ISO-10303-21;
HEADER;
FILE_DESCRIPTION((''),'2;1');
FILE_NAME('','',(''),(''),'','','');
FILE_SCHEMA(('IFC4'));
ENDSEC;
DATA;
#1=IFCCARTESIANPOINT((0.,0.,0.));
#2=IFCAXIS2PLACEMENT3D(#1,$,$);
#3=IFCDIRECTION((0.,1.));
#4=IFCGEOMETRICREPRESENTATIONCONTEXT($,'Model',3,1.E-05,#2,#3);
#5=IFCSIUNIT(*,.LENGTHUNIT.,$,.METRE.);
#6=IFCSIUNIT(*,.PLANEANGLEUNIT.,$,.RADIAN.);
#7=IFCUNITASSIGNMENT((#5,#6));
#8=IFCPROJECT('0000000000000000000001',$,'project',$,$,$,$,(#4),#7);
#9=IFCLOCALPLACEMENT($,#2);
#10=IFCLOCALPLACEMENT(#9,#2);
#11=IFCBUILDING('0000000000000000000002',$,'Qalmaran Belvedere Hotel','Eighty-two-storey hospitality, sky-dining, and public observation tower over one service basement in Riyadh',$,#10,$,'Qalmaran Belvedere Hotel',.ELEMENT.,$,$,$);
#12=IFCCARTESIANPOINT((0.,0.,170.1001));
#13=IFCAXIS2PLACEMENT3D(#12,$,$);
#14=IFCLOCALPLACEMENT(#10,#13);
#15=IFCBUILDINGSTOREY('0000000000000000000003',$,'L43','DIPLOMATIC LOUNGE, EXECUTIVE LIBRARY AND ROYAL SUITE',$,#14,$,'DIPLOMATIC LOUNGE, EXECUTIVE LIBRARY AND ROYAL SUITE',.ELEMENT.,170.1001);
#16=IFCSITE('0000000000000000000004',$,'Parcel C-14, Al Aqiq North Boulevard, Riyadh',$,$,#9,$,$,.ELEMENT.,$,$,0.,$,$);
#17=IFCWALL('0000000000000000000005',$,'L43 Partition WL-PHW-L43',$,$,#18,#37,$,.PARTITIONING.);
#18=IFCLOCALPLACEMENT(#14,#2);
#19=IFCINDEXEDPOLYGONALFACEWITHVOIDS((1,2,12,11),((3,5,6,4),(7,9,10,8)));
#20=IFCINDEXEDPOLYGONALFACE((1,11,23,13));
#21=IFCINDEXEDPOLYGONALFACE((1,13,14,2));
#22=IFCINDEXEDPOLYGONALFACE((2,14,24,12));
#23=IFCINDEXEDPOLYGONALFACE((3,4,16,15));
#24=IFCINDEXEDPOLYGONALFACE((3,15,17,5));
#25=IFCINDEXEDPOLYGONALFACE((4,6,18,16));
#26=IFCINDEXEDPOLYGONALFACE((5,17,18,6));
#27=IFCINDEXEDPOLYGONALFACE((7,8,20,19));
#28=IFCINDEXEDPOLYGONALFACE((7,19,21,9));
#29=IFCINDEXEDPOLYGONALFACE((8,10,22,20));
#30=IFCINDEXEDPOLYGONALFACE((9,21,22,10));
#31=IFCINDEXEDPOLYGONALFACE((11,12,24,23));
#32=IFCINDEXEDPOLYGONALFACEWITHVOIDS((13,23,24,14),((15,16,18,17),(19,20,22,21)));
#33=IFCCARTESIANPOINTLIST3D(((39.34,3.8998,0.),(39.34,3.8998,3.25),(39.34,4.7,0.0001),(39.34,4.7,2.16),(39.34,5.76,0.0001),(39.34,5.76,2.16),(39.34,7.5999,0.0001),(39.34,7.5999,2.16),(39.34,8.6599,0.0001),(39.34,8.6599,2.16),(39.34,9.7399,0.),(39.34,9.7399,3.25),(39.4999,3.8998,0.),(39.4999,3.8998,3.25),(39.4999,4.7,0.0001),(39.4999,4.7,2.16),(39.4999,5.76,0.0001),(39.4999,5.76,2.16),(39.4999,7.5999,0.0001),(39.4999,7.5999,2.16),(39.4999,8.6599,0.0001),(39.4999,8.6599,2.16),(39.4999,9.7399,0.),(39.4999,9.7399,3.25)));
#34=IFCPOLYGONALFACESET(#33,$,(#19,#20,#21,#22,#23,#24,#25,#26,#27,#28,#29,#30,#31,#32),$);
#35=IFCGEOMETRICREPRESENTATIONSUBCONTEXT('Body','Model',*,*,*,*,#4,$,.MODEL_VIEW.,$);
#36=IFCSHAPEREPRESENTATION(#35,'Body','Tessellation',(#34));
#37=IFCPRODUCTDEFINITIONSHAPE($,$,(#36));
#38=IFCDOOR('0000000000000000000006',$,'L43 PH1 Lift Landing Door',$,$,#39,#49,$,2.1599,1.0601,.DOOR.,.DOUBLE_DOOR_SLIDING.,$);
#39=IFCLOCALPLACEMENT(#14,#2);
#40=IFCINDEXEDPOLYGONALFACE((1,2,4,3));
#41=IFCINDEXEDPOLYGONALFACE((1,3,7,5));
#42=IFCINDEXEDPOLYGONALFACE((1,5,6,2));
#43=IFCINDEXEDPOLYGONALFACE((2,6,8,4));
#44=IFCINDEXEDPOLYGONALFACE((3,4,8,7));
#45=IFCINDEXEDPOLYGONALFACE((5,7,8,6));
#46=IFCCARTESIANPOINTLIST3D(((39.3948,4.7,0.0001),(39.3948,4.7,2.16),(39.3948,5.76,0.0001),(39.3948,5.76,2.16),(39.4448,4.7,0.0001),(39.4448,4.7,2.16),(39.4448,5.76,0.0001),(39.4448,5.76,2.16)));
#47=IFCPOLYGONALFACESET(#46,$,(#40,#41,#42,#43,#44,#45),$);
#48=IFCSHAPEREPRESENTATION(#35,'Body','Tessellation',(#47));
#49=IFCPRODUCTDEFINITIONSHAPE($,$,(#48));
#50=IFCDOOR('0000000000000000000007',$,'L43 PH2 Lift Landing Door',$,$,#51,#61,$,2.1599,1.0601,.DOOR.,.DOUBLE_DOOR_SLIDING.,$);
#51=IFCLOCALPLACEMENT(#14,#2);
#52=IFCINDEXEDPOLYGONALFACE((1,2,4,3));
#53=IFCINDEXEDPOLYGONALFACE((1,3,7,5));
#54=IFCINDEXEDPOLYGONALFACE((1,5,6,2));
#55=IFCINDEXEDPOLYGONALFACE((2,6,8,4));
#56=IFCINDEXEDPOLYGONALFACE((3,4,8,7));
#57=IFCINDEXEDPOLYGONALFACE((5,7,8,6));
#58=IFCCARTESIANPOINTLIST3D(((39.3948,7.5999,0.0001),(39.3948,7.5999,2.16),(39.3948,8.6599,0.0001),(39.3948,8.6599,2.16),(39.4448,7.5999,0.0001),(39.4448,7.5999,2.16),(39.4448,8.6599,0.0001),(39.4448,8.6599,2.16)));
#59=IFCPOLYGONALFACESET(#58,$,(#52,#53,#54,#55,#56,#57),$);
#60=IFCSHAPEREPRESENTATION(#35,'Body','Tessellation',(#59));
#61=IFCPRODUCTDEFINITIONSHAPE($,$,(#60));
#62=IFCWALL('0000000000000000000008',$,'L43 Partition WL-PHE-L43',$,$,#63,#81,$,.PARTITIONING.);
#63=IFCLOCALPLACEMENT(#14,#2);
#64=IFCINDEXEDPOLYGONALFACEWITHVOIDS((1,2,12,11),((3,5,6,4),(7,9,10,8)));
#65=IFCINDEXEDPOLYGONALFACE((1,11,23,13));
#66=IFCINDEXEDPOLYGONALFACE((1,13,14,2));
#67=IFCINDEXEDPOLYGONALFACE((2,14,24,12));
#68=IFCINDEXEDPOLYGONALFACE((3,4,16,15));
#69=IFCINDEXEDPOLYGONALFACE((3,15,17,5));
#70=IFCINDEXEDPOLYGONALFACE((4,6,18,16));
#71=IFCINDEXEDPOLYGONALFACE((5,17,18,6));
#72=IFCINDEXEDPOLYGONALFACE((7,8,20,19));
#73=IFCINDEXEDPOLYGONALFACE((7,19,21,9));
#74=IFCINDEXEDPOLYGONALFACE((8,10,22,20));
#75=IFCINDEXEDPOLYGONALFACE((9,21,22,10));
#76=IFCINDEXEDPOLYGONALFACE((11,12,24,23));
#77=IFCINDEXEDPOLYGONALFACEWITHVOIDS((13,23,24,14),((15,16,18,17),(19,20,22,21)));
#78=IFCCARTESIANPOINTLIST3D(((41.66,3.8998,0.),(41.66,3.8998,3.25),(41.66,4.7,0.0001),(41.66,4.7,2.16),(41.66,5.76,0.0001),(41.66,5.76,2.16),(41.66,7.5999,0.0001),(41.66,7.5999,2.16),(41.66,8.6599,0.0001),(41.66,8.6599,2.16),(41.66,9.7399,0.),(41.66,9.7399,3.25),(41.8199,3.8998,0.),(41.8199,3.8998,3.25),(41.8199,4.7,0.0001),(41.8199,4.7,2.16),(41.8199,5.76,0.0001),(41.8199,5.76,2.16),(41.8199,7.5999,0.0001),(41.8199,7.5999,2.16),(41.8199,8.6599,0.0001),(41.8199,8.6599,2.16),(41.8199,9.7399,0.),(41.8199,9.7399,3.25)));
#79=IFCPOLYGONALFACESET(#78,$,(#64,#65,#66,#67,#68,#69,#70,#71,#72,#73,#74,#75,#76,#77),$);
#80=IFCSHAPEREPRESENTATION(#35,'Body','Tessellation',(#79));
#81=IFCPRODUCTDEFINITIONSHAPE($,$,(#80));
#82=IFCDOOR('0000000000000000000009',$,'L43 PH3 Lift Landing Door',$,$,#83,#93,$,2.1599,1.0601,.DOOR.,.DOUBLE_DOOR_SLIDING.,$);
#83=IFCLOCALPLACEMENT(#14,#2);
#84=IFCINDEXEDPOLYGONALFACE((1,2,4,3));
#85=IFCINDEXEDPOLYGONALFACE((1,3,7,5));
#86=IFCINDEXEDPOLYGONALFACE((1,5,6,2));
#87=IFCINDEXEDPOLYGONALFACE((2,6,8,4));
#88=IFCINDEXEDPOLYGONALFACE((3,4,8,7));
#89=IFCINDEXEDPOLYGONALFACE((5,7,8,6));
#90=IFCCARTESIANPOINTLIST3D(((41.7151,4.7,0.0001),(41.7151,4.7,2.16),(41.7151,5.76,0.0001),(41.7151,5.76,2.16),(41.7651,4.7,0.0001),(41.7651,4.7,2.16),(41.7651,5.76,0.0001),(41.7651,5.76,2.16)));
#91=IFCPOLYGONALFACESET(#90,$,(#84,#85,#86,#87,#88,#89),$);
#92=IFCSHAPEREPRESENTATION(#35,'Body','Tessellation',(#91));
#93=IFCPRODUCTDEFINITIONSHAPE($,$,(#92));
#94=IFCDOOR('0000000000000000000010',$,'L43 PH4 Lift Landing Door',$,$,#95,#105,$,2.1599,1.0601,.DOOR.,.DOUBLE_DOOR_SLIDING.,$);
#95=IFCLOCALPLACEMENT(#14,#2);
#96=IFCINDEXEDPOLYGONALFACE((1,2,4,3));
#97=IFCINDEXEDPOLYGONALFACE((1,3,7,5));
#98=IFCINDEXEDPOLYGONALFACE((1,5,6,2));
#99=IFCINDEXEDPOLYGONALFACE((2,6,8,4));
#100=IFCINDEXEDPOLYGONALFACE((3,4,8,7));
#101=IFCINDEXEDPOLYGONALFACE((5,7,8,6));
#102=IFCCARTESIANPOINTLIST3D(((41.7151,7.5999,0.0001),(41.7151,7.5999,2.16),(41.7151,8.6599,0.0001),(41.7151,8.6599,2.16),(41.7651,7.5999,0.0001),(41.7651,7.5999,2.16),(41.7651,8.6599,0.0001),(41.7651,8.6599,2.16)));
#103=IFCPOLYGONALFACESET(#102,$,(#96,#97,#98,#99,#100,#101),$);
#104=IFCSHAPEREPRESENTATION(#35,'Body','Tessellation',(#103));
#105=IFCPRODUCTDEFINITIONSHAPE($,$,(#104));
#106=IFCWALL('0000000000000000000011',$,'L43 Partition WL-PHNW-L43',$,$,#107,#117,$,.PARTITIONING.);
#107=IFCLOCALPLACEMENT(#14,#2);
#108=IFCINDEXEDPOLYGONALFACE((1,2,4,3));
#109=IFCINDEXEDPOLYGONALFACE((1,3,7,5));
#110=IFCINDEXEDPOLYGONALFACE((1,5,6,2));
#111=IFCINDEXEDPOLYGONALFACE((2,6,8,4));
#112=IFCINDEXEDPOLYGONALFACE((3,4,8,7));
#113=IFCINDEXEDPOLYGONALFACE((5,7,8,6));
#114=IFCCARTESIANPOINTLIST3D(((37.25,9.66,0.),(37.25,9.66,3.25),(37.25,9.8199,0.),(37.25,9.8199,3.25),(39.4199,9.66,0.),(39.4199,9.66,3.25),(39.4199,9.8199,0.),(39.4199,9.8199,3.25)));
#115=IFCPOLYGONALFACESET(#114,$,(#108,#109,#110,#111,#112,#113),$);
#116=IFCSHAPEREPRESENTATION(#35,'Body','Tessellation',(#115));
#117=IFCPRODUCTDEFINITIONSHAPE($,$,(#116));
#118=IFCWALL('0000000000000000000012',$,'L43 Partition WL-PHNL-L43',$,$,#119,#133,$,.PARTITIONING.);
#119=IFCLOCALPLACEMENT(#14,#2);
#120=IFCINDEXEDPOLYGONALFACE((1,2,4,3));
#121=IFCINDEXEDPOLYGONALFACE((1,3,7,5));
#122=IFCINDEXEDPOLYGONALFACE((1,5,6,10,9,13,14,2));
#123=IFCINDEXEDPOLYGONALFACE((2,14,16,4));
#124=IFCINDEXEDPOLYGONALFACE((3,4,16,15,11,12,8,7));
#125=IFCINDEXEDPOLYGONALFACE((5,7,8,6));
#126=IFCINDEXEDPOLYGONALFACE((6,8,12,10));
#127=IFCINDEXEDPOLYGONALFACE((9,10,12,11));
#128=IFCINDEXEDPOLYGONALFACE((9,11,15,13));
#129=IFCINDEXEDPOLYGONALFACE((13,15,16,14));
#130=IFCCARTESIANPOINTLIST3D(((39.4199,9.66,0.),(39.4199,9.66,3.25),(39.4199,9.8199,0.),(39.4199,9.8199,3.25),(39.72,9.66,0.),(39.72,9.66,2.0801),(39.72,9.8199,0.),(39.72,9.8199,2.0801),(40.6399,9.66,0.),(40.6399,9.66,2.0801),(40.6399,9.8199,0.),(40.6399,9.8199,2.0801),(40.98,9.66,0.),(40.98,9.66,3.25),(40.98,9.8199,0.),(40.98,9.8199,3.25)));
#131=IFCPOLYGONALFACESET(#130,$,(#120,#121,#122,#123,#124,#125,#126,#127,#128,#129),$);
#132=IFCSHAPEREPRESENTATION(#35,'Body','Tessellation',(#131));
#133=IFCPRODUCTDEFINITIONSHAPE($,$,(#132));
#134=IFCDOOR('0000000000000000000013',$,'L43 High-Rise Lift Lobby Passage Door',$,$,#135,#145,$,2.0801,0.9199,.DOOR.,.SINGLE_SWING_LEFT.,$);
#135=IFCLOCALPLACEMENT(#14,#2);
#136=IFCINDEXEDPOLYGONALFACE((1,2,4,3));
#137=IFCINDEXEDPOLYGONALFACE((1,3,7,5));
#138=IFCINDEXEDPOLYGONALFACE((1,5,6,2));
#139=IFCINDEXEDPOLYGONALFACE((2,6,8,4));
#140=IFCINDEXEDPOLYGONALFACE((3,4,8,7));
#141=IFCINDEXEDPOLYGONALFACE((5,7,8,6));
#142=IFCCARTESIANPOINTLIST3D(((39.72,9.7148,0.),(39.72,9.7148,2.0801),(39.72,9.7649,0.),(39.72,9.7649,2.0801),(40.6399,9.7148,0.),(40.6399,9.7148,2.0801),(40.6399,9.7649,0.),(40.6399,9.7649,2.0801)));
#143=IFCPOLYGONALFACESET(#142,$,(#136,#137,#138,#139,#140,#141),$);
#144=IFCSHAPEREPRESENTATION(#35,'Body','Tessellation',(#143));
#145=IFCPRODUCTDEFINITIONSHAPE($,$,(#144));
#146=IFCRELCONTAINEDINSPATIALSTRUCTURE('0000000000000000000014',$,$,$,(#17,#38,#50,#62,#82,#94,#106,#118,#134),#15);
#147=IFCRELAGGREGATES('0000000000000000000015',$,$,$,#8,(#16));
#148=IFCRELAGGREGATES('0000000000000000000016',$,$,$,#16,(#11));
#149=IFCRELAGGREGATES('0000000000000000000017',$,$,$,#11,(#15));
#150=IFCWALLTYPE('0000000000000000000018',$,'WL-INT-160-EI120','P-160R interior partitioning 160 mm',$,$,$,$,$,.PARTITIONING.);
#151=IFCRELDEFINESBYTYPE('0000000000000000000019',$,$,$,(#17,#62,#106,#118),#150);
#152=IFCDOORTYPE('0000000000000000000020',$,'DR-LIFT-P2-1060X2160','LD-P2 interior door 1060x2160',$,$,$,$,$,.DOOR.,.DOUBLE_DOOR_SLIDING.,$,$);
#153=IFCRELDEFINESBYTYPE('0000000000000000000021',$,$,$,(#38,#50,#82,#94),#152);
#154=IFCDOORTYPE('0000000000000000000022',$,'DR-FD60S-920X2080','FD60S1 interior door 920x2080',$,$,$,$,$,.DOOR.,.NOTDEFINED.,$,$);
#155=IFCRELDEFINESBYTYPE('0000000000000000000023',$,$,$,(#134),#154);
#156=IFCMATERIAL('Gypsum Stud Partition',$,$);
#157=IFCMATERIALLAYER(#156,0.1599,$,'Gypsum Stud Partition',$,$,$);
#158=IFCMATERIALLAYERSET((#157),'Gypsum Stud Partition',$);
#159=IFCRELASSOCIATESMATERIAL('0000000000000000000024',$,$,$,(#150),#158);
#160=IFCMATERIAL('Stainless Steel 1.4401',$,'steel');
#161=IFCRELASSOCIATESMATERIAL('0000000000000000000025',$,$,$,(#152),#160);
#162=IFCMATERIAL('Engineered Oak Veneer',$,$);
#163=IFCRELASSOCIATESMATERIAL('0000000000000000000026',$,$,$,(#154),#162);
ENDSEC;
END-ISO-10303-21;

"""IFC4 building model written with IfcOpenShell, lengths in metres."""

from ifc_helpers import new_model, si_unit, direction, frame, frame_2d, origin, place, context, subcontext, project, spatial, rectangle, extrude, material, layer, layer_set, type_object, element, fill, save


model = new_model("IFC4")

# Units and contexts
model_context = context("Model", 3, precision=1e-05, world=origin(), true_north=direction((0.0, 1.0)))
body_context = subcontext(model_context, "Body", "Model", "MODEL_VIEW")
ifc_project = project(units=[si_unit("LENGTHUNIT", "METRE"), si_unit("PLANEANGLEUNIT", "RADIAN")], contexts=[model_context])

# Site, building, storey
site_placement = place(None, origin())
site = spatial("IfcSite", under=ifc_project, at=site_placement, Name="Parcel C-14, Al Aqiq North Boulevard, Riyadh", CompositionType="ELEMENT", RefElevation=0.0)
building_placement = place(site_placement, origin())
building = spatial("IfcBuilding", under=site, at=building_placement, Name="Qalmaran Belvedere Hotel", Description="Eighty-two-storey hospitality, sky-dining, and public observation tower over one service basement in Riyadh", LongName="Qalmaran Belvedere Hotel", CompositionType="ELEMENT")
storey_placement = place(building_placement, frame((0.0, 0.0, 170.1001)))
storey = spatial("IfcBuildingStorey", under=building, at=storey_placement, Name="L43", Description="DIPLOMATIC LOUNGE, EXECUTIVE LIBRARY AND ROYAL SUITE", LongName="DIPLOMATIC LOUNGE, EXECUTIVE LIBRARY AND ROYAL SUITE", CompositionType="ELEMENT", Elevation=170.1001)

# Shared definitions
ifc_material_1 = material(Name="Gypsum Stud Partition")

# Walls, openings, doors
ifc_layer_1 = layer(ifc_material_1, 0.1599, Name="Gypsum Stud Partition")
ifc_layer_set_1 = layer_set([ifc_layer_1], Name="Gypsum Stud Partition")
wall_type_1 = type_object("IfcWallType", Name="WL-INT-160-EI120", Description="P-160R interior partitioning 160 mm", PredefinedType="PARTITIONING", material=ifc_layer_set_1)
wall_1_placement = place(storey_placement, frame((39.4199, 3.8999, 0.0), z_axis=(0.0, 0.0, 1.0), x_axis=(0.0, 1.0, 0.0)))
wall_1 = element("IfcWall", 1, at=wall_1_placement, inside=storey, type_object=wall_type_1, Name="L43 Partition WL-PHW-L43", PredefinedType="PARTITIONING", context=body_context, shape_type="SweptSolid", body=[
    extrude(rectangle(XDim=5.8401, YDim=0.1599, at=frame_2d((2.9199, 0.0))), origin(), (0.0, 0.0, 1.0), 3.25),
])
opening_1_placement = place(wall_1_placement, frame((1.8601, 0.0, 0.0), z_axis=(0.0, 0.0, 1.0), x_axis=(-1.0, 0.0, 0.0)))
opening_1 = element("IfcOpeningElement", 2, at=opening_1_placement, cuts=wall_1, PredefinedType="OPENING", context=body_context, shape_type="SweptSolid", body=[
    extrude(rectangle(XDim=1.0601, YDim=2.1599, at=frame_2d((0.53, 1.0801))), frame((0.0, 0.0898, 0.0), z_axis=(0.0, -1.0, 0.0), x_axis=(1.0, 0.0, 0.0)), (0.0, 0.0, 1.0), 0.1799),
])
opening_2_placement = place(wall_1_placement, frame((4.76, 0.0, 0.0), z_axis=(0.0, 0.0, 1.0), x_axis=(-1.0, 0.0, 0.0)))
opening_2 = element("IfcOpeningElement", 3, at=opening_2_placement, cuts=wall_1, PredefinedType="OPENING", context=body_context, shape_type="SweptSolid", body=[
    extrude(rectangle(XDim=1.0601, YDim=2.1599, at=frame_2d((0.53, 1.0801))), frame((0.0, 0.0898, 0.0), z_axis=(0.0, -1.0, 0.0), x_axis=(1.0, 0.0, 0.0)), (0.0, 0.0, 1.0), 0.1799),
])
ifc_material_2 = material(Name="Stainless Steel 1.4401", Category="steel")
door_type_1 = type_object("IfcDoorType", Name="DR-LIFT-P2-1060X2160", Description="LD-P2 interior door 1060x2160", OperationType="DOUBLE_DOOR_SLIDING", PredefinedType="DOOR", material=ifc_material_2)
door_1_placement = place(opening_1_placement, origin())
door_1 = element("IfcDoor", 4, at=door_1_placement, inside=storey, type_object=door_type_1, Name="L43 PH1 Lift Landing Door", OperationType="DOUBLE_DOOR_SLIDING", OverallHeight=2.1599, OverallWidth=1.0601, PredefinedType="DOOR", context=body_context, shape_type="SweptSolid", body=[
    extrude(rectangle(XDim=1.0601, YDim=2.1599, at=frame_2d((0.53, 1.0801))), frame((0.0, 0.0249, 0.0), z_axis=(0.0, -1.0, 0.0), x_axis=(1.0, 0.0, 0.0)), (0.0, 0.0, 1.0), 0.05),
])
fill(opening_1, door_1)
door_2_placement = place(opening_2_placement, origin())
door_2 = element("IfcDoor", 5, at=door_2_placement, inside=storey, type_object=door_type_1, Name="L43 PH2 Lift Landing Door", OperationType="DOUBLE_DOOR_SLIDING", OverallHeight=2.1599, OverallWidth=1.0601, PredefinedType="DOOR", context=body_context, shape_type="SweptSolid", body=[
    extrude(rectangle(XDim=1.0601, YDim=2.1599, at=frame_2d((0.53, 1.0801))), frame((0.0, 0.0249, 0.0), z_axis=(0.0, -1.0, 0.0), x_axis=(1.0, 0.0, 0.0)), (0.0, 0.0, 1.0), 0.05),
])
fill(opening_2, door_2)
wall_2_placement = place(storey_placement, frame((41.74, 3.8999, 0.0), z_axis=(0.0, 0.0, 1.0), x_axis=(0.0, 1.0, 0.0)))
wall_2 = element("IfcWall", 6, at=wall_2_placement, inside=storey, type_object=wall_type_1, Name="L43 Partition WL-PHE-L43", PredefinedType="PARTITIONING", context=body_context, shape_type="SweptSolid", body=[
    extrude(rectangle(XDim=5.8401, YDim=0.1599, at=frame_2d((2.9199, 0.0))), origin(), (0.0, 0.0, 1.0), 3.25),
])
opening_3_placement = place(wall_2_placement, frame((0.8, 0.0, 0.0)))
opening_3 = element("IfcOpeningElement", 7, at=opening_3_placement, cuts=wall_2, PredefinedType="OPENING", context=body_context, shape_type="SweptSolid", body=[
    extrude(rectangle(XDim=1.0601, YDim=2.1599, at=frame_2d((0.53, 1.0801))), frame((0.0, 0.0898, 0.0), z_axis=(0.0, -1.0, 0.0), x_axis=(1.0, 0.0, 0.0)), (0.0, 0.0, 1.0), 0.1799),
])
opening_4_placement = place(wall_2_placement, frame((3.7, 0.0, 0.0)))
opening_4 = element("IfcOpeningElement", 8, at=opening_4_placement, cuts=wall_2, PredefinedType="OPENING", context=body_context, shape_type="SweptSolid", body=[
    extrude(rectangle(XDim=1.0601, YDim=2.1599, at=frame_2d((0.53, 1.0801))), frame((0.0, 0.0898, 0.0), z_axis=(0.0, -1.0, 0.0), x_axis=(1.0, 0.0, 0.0)), (0.0, 0.0, 1.0), 0.1799),
])
door_3_placement = place(opening_3_placement, origin())
door_3 = element("IfcDoor", 9, at=door_3_placement, inside=storey, type_object=door_type_1, Name="L43 PH3 Lift Landing Door", OperationType="DOUBLE_DOOR_SLIDING", OverallHeight=2.1599, OverallWidth=1.0601, PredefinedType="DOOR", context=body_context, shape_type="SweptSolid", body=[
    extrude(rectangle(XDim=1.0601, YDim=2.1599, at=frame_2d((0.53, 1.0801))), frame((0.0, 0.0249, 0.0), z_axis=(0.0, -1.0, 0.0), x_axis=(1.0, 0.0, 0.0)), (0.0, 0.0, 1.0), 0.05),
])
fill(opening_3, door_3)
door_4_placement = place(opening_4_placement, origin())
door_4 = element("IfcDoor", 10, at=door_4_placement, inside=storey, type_object=door_type_1, Name="L43 PH4 Lift Landing Door", OperationType="DOUBLE_DOOR_SLIDING", OverallHeight=2.1599, OverallWidth=1.0601, PredefinedType="DOOR", context=body_context, shape_type="SweptSolid", body=[
    extrude(rectangle(XDim=1.0601, YDim=2.1599, at=frame_2d((0.53, 1.0801))), frame((0.0, 0.0249, 0.0), z_axis=(0.0, -1.0, 0.0), x_axis=(1.0, 0.0, 0.0)), (0.0, 0.0, 1.0), 0.05),
])
fill(opening_4, door_4)

# Wall
wall_3_placement = place(storey_placement, frame((37.25, 9.74, 0.0), z_axis=(0.0, 0.0, 1.0), x_axis=(1.0, 0.0, 0.0)))
element("IfcWall", 11, at=wall_3_placement, inside=storey, type_object=wall_type_1, Name="L43 Partition WL-PHNW-L43", PredefinedType="PARTITIONING", context=body_context, shape_type="SweptSolid", body=[
    extrude(rectangle(XDim=2.1699, YDim=0.1599, at=frame_2d((1.085, 0.0))), origin(), (0.0, 0.0, 1.0), 3.25),
])

# Wall, opening, door
wall_4_placement = place(storey_placement, frame((39.4199, 9.74, 0.0), z_axis=(0.0, 0.0, 1.0), x_axis=(1.0, 0.0, 0.0)))
wall_4 = element("IfcWall", 12, at=wall_4_placement, inside=storey, type_object=wall_type_1, Name="L43 Partition WL-PHNL-L43", PredefinedType="PARTITIONING", context=body_context, shape_type="SweptSolid", body=[
    extrude(rectangle(XDim=1.5601, YDim=0.1599, at=frame_2d((0.78, 0.0))), origin(), (0.0, 0.0, 1.0), 3.25),
])
opening_5_placement = place(wall_4_placement, frame((0.3, 0.0, 0.0)))
opening_5 = element("IfcOpeningElement", 13, at=opening_5_placement, cuts=wall_4, PredefinedType="OPENING", context=body_context, shape_type="SweptSolid", body=[
    extrude(rectangle(XDim=0.9199, YDim=2.0801, at=frame_2d((0.46, 1.04))), frame((0.0, 0.0898, 0.0), z_axis=(0.0, -1.0, 0.0), x_axis=(1.0, 0.0, 0.0)), (0.0, 0.0, 1.0), 0.1799),
])
ifc_material_3 = material(Name="Engineered Oak Veneer")
door_type_2 = type_object("IfcDoorType", Name="DR-FD60S-920X2080", Description="FD60S1 interior door 920x2080", OperationType="NOTDEFINED", PredefinedType="DOOR", material=ifc_material_3)
door_5_placement = place(opening_5_placement, origin())
door_5 = element("IfcDoor", 14, at=door_5_placement, inside=storey, type_object=door_type_2, Name="L43 High-Rise Lift Lobby Passage Door", OperationType="SINGLE_SWING_LEFT", OverallHeight=2.0801, OverallWidth=0.9199, PredefinedType="DOOR", context=body_context, shape_type="SweptSolid", body=[
    extrude(rectangle(XDim=0.9199, YDim=2.0801, at=frame_2d((0.46, 1.04))), frame((0.0, 0.0249, 0.0), z_axis=(0.0, -1.0, 0.0), x_axis=(1.0, 0.0, 0.0)), (0.0, 0.0, 1.0), 0.05),
])
fill(opening_5, door_5)

save(model, "model.ifc")
